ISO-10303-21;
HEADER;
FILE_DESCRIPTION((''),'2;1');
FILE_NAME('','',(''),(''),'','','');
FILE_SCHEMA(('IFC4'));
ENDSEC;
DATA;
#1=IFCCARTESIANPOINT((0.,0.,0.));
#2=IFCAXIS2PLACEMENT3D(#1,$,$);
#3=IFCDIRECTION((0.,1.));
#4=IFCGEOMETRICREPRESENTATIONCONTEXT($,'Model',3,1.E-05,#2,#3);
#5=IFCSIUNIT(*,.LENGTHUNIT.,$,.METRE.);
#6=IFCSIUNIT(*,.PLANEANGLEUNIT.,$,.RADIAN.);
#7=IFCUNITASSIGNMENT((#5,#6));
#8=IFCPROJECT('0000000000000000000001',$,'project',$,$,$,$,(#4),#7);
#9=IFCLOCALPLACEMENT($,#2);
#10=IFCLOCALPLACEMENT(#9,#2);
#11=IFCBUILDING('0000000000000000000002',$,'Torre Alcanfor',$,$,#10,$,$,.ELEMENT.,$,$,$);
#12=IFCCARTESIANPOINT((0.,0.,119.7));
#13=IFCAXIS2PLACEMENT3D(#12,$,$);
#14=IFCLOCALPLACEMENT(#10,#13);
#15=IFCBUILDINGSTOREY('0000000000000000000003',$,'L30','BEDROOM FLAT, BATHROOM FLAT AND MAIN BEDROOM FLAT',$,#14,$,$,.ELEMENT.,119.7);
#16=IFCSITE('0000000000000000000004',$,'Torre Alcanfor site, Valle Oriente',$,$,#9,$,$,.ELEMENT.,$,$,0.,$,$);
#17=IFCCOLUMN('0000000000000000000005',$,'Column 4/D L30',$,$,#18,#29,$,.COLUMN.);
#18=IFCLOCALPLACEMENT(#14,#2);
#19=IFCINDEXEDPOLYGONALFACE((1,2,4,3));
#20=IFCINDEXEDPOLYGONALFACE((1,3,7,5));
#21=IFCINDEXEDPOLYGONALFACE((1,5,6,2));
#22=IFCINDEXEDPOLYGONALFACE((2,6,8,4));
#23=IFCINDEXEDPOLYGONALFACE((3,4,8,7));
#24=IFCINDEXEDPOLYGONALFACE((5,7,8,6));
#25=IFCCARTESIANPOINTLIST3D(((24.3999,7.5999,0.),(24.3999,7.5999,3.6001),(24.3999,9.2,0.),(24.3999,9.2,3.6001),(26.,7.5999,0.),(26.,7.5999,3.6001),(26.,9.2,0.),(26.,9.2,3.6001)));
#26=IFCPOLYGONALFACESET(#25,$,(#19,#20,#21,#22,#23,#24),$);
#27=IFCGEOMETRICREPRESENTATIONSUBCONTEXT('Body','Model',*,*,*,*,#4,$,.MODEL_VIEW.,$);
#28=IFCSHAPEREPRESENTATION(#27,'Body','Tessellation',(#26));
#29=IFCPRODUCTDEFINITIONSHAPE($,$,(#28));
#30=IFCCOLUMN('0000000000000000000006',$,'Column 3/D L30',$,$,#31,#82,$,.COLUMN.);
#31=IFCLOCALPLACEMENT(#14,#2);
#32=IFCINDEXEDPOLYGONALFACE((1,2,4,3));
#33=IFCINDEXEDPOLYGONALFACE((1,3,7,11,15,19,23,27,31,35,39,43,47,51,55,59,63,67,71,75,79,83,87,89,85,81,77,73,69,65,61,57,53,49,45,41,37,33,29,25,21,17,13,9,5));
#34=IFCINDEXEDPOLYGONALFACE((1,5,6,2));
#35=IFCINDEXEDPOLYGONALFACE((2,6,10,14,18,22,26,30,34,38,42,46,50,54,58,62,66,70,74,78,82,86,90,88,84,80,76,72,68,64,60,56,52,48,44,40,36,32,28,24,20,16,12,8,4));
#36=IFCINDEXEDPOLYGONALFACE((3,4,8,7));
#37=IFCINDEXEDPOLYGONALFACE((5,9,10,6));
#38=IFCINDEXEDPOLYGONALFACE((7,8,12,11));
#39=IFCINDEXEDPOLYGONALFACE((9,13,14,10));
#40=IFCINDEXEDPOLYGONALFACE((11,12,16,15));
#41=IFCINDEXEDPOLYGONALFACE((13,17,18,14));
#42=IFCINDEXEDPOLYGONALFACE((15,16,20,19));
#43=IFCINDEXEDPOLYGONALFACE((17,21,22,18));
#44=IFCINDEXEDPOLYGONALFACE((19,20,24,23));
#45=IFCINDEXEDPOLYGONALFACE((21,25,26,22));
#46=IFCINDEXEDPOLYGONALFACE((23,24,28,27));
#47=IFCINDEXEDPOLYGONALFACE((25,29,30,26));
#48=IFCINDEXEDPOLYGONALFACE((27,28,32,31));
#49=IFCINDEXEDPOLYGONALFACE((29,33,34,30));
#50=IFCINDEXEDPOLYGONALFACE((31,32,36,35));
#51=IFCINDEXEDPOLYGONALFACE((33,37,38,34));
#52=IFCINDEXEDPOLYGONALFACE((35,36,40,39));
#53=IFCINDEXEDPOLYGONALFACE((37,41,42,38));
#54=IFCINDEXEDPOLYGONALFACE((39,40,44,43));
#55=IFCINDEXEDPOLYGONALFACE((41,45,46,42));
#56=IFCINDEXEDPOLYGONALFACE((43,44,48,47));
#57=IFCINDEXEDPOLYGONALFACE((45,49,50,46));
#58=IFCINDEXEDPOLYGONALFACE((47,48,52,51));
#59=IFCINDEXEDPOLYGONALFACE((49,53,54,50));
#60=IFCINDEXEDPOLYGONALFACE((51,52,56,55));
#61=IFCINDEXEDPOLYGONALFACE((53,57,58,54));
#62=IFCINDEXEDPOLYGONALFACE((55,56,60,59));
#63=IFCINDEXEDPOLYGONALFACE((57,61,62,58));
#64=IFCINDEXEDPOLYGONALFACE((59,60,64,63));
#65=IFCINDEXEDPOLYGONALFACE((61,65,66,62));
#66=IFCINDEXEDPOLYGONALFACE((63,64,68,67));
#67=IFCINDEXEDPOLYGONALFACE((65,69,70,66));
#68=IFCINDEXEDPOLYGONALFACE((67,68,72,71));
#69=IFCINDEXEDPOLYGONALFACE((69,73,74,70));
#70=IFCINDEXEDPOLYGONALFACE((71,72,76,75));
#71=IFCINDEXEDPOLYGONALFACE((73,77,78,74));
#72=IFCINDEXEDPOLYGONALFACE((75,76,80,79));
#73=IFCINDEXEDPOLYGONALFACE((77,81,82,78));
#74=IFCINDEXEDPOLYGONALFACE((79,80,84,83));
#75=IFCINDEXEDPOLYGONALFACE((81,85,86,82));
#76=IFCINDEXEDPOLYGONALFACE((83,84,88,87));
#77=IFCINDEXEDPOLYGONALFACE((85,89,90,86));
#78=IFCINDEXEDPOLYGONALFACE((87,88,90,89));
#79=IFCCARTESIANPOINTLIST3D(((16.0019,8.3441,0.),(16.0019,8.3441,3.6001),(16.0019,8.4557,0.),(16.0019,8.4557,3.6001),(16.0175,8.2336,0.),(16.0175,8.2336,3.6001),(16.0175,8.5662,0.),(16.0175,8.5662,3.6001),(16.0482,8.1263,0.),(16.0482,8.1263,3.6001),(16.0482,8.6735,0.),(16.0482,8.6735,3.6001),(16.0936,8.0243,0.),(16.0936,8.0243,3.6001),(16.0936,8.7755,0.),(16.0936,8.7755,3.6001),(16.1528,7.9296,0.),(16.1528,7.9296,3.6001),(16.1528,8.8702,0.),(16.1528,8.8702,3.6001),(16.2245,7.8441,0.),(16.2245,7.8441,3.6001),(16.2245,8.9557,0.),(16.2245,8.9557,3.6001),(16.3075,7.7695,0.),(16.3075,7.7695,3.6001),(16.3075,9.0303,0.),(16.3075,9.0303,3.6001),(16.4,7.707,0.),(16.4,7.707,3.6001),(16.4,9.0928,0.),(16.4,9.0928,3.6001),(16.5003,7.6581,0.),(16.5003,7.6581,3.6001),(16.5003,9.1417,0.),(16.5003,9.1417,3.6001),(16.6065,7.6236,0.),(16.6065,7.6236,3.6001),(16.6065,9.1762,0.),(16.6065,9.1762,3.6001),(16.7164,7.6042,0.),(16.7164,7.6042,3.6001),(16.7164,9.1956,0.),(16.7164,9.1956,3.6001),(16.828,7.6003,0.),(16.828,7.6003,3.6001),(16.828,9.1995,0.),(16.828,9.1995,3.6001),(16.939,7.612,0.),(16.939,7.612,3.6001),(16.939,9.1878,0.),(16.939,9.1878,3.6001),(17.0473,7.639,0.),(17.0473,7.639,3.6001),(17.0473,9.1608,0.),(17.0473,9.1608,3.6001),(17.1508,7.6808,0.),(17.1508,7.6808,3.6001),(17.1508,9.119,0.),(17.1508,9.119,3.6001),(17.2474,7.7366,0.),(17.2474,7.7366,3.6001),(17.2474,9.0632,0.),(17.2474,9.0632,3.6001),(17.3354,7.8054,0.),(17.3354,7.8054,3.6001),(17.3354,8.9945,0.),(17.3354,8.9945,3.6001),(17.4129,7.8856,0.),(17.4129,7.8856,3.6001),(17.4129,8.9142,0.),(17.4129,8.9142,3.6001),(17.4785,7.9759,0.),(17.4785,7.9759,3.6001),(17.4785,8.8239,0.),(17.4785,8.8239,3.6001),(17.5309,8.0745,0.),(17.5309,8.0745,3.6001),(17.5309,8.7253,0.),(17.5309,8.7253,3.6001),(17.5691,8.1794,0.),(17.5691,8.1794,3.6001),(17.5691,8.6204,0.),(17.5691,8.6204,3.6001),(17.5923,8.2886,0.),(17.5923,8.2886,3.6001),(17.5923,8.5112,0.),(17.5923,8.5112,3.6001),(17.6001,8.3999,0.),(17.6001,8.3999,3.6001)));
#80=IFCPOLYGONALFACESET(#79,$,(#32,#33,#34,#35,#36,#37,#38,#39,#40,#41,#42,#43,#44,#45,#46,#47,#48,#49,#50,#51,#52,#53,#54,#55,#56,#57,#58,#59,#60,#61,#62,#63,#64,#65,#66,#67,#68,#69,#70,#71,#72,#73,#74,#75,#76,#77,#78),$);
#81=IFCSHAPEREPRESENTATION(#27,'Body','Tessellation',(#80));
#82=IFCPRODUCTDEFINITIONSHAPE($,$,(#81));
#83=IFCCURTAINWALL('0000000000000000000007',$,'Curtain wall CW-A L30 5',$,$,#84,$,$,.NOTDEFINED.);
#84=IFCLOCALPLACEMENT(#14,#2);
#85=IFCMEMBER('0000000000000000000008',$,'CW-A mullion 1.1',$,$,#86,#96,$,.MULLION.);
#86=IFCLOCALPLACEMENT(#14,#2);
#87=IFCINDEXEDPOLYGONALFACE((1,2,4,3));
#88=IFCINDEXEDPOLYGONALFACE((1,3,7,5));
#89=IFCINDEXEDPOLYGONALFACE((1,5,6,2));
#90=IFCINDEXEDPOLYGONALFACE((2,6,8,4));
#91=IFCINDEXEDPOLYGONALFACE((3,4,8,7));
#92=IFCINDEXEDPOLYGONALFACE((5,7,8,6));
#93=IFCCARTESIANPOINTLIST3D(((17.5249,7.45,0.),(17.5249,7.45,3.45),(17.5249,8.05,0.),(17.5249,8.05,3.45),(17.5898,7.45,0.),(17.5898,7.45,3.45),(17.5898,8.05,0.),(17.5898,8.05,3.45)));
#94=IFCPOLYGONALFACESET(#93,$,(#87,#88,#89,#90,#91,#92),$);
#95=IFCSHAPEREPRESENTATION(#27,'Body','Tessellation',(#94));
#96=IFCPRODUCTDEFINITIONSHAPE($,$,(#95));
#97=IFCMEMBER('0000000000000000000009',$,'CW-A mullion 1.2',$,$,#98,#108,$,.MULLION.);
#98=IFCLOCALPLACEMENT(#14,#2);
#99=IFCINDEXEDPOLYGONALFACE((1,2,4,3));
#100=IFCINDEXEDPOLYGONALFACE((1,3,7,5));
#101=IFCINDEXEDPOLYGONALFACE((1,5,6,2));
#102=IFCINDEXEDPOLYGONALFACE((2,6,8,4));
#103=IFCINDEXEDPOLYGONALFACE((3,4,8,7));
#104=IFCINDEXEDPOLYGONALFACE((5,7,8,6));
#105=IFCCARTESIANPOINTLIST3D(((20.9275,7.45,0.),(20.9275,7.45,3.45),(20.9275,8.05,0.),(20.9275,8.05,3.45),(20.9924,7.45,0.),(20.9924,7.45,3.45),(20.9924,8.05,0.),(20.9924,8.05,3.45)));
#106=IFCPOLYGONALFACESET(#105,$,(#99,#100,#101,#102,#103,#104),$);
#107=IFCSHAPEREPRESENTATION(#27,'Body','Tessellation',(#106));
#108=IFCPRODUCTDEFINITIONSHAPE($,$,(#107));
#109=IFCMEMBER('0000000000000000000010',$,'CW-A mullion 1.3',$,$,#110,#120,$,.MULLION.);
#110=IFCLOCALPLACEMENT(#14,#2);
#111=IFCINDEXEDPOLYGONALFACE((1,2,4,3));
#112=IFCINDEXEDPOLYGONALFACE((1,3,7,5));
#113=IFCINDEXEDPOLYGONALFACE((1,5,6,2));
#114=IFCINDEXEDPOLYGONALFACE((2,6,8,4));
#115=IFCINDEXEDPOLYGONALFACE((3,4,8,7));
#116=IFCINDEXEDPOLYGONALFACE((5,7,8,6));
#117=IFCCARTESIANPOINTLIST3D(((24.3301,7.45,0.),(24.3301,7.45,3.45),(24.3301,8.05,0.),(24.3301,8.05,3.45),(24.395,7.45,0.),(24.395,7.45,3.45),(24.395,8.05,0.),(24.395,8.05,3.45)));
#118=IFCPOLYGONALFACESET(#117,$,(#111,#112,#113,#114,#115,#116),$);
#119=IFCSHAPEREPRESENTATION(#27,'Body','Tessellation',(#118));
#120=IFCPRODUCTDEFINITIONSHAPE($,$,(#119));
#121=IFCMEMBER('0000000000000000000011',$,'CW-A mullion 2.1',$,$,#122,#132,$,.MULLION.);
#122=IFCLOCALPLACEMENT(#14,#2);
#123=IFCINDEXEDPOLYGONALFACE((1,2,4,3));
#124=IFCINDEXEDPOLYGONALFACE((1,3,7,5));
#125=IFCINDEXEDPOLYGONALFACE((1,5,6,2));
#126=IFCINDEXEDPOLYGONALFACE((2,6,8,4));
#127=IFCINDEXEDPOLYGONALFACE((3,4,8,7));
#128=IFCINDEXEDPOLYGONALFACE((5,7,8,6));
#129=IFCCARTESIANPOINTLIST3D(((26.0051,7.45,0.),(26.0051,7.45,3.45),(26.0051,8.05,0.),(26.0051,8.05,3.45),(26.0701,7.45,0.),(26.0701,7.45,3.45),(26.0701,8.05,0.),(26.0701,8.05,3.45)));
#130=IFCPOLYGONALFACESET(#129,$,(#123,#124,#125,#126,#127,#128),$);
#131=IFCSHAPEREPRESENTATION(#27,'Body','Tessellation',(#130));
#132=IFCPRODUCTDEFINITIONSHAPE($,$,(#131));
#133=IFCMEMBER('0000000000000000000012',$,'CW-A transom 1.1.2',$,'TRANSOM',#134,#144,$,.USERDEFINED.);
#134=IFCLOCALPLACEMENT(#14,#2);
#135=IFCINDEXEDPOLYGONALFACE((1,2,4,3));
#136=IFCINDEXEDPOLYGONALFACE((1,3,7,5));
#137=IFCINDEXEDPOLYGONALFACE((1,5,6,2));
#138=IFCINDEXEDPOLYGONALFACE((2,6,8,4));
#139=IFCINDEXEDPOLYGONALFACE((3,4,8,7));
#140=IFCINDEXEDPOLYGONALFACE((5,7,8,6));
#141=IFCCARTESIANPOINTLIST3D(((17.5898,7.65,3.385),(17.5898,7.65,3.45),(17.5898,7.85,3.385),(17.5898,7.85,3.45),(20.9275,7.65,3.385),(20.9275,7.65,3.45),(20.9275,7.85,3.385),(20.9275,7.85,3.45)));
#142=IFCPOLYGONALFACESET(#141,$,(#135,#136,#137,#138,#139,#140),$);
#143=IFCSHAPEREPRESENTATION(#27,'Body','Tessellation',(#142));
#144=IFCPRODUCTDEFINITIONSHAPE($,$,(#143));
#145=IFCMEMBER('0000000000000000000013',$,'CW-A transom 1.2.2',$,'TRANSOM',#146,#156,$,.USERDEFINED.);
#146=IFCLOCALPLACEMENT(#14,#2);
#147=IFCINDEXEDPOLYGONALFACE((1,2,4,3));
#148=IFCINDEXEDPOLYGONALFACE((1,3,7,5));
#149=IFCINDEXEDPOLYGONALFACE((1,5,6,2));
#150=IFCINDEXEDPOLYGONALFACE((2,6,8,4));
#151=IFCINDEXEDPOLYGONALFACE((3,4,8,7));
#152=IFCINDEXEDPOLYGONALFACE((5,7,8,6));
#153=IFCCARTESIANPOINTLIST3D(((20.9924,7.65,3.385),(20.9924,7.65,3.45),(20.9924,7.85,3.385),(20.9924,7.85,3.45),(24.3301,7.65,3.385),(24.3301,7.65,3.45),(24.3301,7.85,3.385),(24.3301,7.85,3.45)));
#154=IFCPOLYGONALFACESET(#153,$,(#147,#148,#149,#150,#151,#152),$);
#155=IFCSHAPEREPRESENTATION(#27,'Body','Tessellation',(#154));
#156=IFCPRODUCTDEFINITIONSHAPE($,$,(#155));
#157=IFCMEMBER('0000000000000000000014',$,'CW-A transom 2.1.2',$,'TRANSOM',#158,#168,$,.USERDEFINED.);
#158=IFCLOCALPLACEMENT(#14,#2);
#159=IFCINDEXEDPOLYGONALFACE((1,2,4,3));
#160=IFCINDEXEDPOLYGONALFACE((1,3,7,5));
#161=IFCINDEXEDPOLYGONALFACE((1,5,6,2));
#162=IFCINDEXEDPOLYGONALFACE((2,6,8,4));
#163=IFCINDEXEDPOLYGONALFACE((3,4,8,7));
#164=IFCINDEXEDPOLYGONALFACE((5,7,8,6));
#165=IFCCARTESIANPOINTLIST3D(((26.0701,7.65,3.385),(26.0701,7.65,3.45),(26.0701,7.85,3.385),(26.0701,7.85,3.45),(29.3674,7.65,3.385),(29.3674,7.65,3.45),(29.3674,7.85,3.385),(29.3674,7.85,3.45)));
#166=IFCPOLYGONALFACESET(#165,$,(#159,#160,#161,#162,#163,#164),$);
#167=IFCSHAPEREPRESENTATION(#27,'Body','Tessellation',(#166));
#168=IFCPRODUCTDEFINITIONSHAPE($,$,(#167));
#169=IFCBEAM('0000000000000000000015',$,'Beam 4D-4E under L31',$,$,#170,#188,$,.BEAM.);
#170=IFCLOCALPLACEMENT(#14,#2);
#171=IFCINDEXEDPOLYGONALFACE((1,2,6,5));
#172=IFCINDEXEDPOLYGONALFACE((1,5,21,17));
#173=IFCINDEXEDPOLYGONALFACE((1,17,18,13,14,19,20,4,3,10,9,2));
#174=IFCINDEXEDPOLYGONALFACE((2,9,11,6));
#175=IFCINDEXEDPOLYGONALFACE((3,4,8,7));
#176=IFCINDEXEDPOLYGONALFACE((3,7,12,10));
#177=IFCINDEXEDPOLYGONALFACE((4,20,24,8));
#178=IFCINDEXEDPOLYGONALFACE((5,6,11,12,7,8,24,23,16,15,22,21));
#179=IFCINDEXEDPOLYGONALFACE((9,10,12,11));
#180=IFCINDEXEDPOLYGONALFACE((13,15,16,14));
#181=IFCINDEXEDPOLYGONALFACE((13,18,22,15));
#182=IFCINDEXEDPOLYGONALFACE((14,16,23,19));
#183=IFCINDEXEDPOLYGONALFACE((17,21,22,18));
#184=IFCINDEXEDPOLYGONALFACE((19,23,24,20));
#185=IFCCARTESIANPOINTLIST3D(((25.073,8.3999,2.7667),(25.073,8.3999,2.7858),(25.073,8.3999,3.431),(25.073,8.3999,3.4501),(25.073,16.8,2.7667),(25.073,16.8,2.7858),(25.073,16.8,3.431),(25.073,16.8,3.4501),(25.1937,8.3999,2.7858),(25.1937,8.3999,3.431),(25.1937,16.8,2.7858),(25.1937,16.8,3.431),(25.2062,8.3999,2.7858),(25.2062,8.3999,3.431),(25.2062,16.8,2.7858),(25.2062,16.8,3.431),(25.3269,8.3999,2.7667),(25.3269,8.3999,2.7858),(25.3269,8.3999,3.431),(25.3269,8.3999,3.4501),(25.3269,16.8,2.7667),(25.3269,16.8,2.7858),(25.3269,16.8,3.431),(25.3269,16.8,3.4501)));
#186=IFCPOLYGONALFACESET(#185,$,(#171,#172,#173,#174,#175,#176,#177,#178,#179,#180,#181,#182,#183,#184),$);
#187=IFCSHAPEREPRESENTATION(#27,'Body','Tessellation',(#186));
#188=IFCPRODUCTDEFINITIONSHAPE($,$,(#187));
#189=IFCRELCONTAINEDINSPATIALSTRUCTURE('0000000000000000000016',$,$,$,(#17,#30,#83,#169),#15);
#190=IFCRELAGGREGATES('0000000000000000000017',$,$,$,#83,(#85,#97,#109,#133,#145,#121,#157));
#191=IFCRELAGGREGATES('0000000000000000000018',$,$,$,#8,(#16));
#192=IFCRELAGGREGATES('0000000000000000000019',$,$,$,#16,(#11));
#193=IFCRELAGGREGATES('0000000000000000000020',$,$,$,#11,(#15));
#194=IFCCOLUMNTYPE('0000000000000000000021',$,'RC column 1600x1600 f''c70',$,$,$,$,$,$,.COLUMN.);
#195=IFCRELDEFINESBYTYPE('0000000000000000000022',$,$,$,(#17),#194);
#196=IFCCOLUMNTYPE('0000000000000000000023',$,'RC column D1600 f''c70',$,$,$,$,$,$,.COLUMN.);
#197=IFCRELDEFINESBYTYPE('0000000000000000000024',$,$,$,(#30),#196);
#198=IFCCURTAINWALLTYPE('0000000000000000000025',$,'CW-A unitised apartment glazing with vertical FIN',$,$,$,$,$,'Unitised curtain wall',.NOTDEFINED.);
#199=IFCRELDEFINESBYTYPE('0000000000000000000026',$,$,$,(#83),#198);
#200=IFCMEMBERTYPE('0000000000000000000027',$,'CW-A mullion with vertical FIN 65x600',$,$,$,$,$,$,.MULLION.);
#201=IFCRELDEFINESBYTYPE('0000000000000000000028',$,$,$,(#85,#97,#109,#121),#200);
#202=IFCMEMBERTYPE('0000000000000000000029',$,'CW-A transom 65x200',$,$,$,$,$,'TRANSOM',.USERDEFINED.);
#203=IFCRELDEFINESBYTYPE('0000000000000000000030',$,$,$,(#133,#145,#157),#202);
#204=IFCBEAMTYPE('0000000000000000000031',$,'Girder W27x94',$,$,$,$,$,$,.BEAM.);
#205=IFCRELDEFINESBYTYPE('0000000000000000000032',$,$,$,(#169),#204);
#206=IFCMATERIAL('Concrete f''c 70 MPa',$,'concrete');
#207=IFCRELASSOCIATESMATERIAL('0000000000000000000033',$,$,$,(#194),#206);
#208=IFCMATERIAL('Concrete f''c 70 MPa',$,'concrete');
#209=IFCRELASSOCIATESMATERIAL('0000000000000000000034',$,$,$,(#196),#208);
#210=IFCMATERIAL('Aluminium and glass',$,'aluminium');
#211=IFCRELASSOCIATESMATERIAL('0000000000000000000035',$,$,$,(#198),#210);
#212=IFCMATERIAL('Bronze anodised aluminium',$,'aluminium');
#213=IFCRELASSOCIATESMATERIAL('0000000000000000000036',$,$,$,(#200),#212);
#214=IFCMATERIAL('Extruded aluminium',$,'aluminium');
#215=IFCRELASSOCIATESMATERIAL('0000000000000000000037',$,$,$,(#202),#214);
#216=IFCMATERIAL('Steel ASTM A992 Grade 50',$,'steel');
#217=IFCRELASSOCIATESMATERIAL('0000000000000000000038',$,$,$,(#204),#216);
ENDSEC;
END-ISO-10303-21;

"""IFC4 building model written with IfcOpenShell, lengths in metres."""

from ifc_helpers import new_model, si_unit, direction, frame, origin, origin_2d, place, context, subcontext, project, spatial, rectangle, circle, i_section, extrude, material, material_profile, profile_set, type_object, element, aggregate, save


model = new_model("IFC4")

# Units and contexts
model_context = context("Model", 3, precision=1e-05, world=origin(), true_north=direction((0.0, 1.0)))
body_context = subcontext(model_context, "Body", "Model", "MODEL_VIEW")
ifc_project = project(units=[si_unit("LENGTHUNIT", "METRE"), si_unit("PLANEANGLEUNIT", "RADIAN")], contexts=[model_context])

# Site, building, storey
site_placement = place(None, origin())
site = spatial("IfcSite", under=ifc_project, at=site_placement, Name="Torre Alcanfor site, Valle Oriente", CompositionType="ELEMENT", RefElevation=0.0)
building_placement = place(site_placement, origin())
building = spatial("IfcBuilding", under=site, at=building_placement, Name="Torre Alcanfor", CompositionType="ELEMENT")
storey_placement = place(building_placement, frame((0.0, 0.0, 119.7)))
storey = spatial("IfcBuildingStorey", under=building, at=storey_placement, Name="L30", Description="BEDROOM FLAT, BATHROOM FLAT AND MAIN BEDROOM FLAT", CompositionType="ELEMENT", Elevation=119.7)

# Columns
ifc_material_1 = material(Name="Concrete f'c 70 MPa", Category="concrete")
ifc_material_profile_1 = material_profile(ifc_material_1, rectangle(XDim=1.6001, YDim=1.6001, at=origin_2d()), Name="1600x1600")
ifc_profile_set_1 = profile_set([ifc_material_profile_1], Name="Concrete f'c 70 MPa")
column_type_1 = type_object("IfcColumnType", Name="RC column 1600x1600 f'c70", PredefinedType="COLUMN", material=ifc_profile_set_1)
column_1_placement = place(storey_placement, frame((25.2, 8.3999, 0.0), z_axis=(0.0, 0.0, 1.0), x_axis=(1.0, 0.0, 0.0)))
element("IfcColumn", 1, at=column_1_placement, inside=storey, type_object=column_type_1, Name="Column 4/D L30", PredefinedType="COLUMN", context=body_context, shape_type="SweptSolid", body=[
    extrude(rectangle(XDim=1.6001, YDim=1.6001, at=origin_2d()), origin(), (0.0, 0.0, 1.0), 3.6001),
])
ifc_material_2 = material(Name="Concrete f'c 70 MPa", Category="concrete")
ifc_material_profile_2 = material_profile(ifc_material_2, circle(Radius=0.8, at=origin_2d()), Name="D1600")
ifc_profile_set_2 = profile_set([ifc_material_profile_2], Name="Concrete f'c 70 MPa")
column_type_2 = type_object("IfcColumnType", Name="RC column D1600 f'c70", PredefinedType="COLUMN", material=ifc_profile_set_2)
column_2_placement = place(storey_placement, frame((16.8, 8.3999, 0.0), z_axis=(0.0, 0.0, 1.0), x_axis=(1.0, 0.0, 0.0)))
element("IfcColumn", 2, at=column_2_placement, inside=storey, type_object=column_type_2, Name="Column 3/D L30", PredefinedType="COLUMN", context=body_context, shape_type="SweptSolid", body=[
    extrude(circle(Radius=0.8, at=origin_2d()), origin(), (0.0, 0.0, 1.0), 3.6001),
])

# Curtain wall, members
ifc_material_3 = material(Name="Aluminium and glass", Category="aluminium")
curtain_wall_type = type_object("IfcCurtainWallType", Name="CW-A unitised apartment glazing with vertical FIN", ElementType="Unitised curtain wall", PredefinedType="NOTDEFINED", material=ifc_material_3)
curtain_wall_placement = place(storey_placement, origin())
curtain_wall = element("IfcCurtainWall", 3, at=curtain_wall_placement, inside=storey, type_object=curtain_wall_type, Name="Curtain wall CW-A L30 5", PredefinedType="NOTDEFINED")
ifc_material_4 = material(Name="Bronze anodised aluminium", Category="aluminium")
ifc_material_profile_3 = material_profile(ifc_material_4, rectangle(XDim=0.6001, YDim=0.0649, at=origin_2d()), Name="CW-A mullion 65x600")
ifc_profile_set_3 = profile_set([ifc_material_profile_3], Name="Bronze anodised aluminium")
member_type_1 = type_object("IfcMemberType", Name="CW-A mullion with vertical FIN 65x600", PredefinedType="MULLION", material=ifc_profile_set_3)
member_1_placement = place(storey_placement, frame((17.5574, 7.75, 0.0), z_axis=(0.0, 0.0, 1.0), x_axis=(0.0, 1.0, 0.0)))
member_1 = element("IfcMember", 4, at=member_1_placement, type_object=member_type_1, Name="CW-A mullion 1.1", PredefinedType="MULLION", context=body_context, shape_type="SweptSolid", body=[
    extrude(rectangle(XDim=0.6001, YDim=0.0649, at=origin_2d()), origin(), (0.0, 0.0, 1.0), 3.45),
])
member_2_placement = place(storey_placement, frame((20.96, 7.75, 0.0), z_axis=(0.0, 0.0, 1.0), x_axis=(0.0, 1.0, 0.0)))
member_2 = element("IfcMember", 5, at=member_2_placement, type_object=member_type_1, Name="CW-A mullion 1.2", PredefinedType="MULLION", context=body_context, shape_type="SweptSolid", body=[
    extrude(rectangle(XDim=0.6001, YDim=0.0649, at=origin_2d()), origin(), (0.0, 0.0, 1.0), 3.45),
])
member_3_placement = place(storey_placement, frame((24.3625, 7.75, 0.0), z_axis=(0.0, 0.0, 1.0), x_axis=(0.0, 1.0, 0.0)))
member_3 = element("IfcMember", 6, at=member_3_placement, type_object=member_type_1, Name="CW-A mullion 1.3", PredefinedType="MULLION", context=body_context, shape_type="SweptSolid", body=[
    extrude(rectangle(XDim=0.6001, YDim=0.0649, at=origin_2d()), origin(), (0.0, 0.0, 1.0), 3.45),
])
member_4_placement = place(storey_placement, frame((26.0376, 7.75, 0.0), z_axis=(0.0, 0.0, 1.0), x_axis=(0.0, 1.0, 0.0)))
member_4 = element("IfcMember", 7, at=member_4_placement, type_object=member_type_1, Name="CW-A mullion 2.1", PredefinedType="MULLION", context=body_context, shape_type="SweptSolid", body=[
    extrude(rectangle(XDim=0.6001, YDim=0.0649, at=origin_2d()), origin(), (0.0, 0.0, 1.0), 3.45),
])
ifc_material_5 = material(Name="Extruded aluminium", Category="aluminium")
ifc_material_profile_4 = material_profile(ifc_material_5, rectangle(XDim=0.2, YDim=0.0649, at=origin_2d()), Name="CW-A transom 200x65")
ifc_profile_set_4 = profile_set([ifc_material_profile_4], Name="Extruded aluminium")
member_type_2 = type_object("IfcMemberType", Name="CW-A transom 65x200", ElementType="TRANSOM", PredefinedType="USERDEFINED", material=ifc_profile_set_4)
member_5_placement = place(storey_placement, frame((17.5898, 7.75, 3.4175), z_axis=(1.0, 0.0, 0.0), x_axis=(0.0, 1.0, 0.0)))
member_5 = element("IfcMember", 8, at=member_5_placement, type_object=member_type_2, Name="CW-A transom 1.1.2", ObjectType="TRANSOM", PredefinedType="USERDEFINED", context=body_context, shape_type="SweptSolid", body=[
    extrude(rectangle(XDim=0.2, YDim=0.0649, at=origin_2d()), origin(), (0.0, 0.0, 1.0), 3.3376),
])
member_6_placement = place(storey_placement, frame((20.9924, 7.75, 3.4175), z_axis=(1.0, 0.0, 0.0), x_axis=(0.0, 1.0, 0.0)))
member_6 = element("IfcMember", 9, at=member_6_placement, type_object=member_type_2, Name="CW-A transom 1.2.2", ObjectType="TRANSOM", PredefinedType="USERDEFINED", context=body_context, shape_type="SweptSolid", body=[
    extrude(rectangle(XDim=0.2, YDim=0.0649, at=origin_2d()), origin(), (0.0, 0.0, 1.0), 3.3376),
])
member_7_placement = place(storey_placement, frame((26.0701, 7.75, 3.4175), z_axis=(1.0, 0.0, 0.0), x_axis=(0.0, 1.0, 0.0)))
member_7 = element("IfcMember", 10, at=member_7_placement, type_object=member_type_2, Name="CW-A transom 2.1.2", ObjectType="TRANSOM", PredefinedType="USERDEFINED", context=body_context, shape_type="SweptSolid", body=[
    extrude(rectangle(XDim=0.2, YDim=0.0649, at=origin_2d()), origin(), (0.0, 0.0, 1.0), 3.2974),
])

# Beam
ifc_material_6 = material(Name="Steel ASTM A992 Grade 50", Category="steel")
ifc_material_profile_5 = material_profile(ifc_material_6, i_section(OverallWidth=0.2539, OverallDepth=0.6833, WebThickness=0.0125, FlangeThickness=0.019, at=origin_2d()), Name="W27x94")
ifc_profile_set_5 = profile_set([ifc_material_profile_5], Name="Steel ASTM A992 Grade 50")
beam_type_1 = type_object("IfcBeamType", Name="Girder W27x94", PredefinedType="BEAM", material=ifc_profile_set_5)
beam_1_placement = place(storey_placement, frame((25.2, 8.3999, 3.1084), z_axis=(0.0, 1.0, 0.0), x_axis=(-1.0, 0.0, 0.0)))
element("IfcBeam", 11, at=beam_1_placement, inside=storey, type_object=beam_type_1, Name="Beam 4D-4E under L31", PredefinedType="BEAM", context=body_context, shape_type="SweptSolid", body=[
    extrude(i_section(OverallWidth=0.2539, OverallDepth=0.6833, WebThickness=0.0125, FlangeThickness=0.019, at=origin_2d()), origin(), (0.0, 0.0, 1.0), 8.4001),
])

aggregate(curtain_wall, [member_1, member_2, member_3, member_5, member_6, member_4, member_7])

save(model, "model.ifc")
